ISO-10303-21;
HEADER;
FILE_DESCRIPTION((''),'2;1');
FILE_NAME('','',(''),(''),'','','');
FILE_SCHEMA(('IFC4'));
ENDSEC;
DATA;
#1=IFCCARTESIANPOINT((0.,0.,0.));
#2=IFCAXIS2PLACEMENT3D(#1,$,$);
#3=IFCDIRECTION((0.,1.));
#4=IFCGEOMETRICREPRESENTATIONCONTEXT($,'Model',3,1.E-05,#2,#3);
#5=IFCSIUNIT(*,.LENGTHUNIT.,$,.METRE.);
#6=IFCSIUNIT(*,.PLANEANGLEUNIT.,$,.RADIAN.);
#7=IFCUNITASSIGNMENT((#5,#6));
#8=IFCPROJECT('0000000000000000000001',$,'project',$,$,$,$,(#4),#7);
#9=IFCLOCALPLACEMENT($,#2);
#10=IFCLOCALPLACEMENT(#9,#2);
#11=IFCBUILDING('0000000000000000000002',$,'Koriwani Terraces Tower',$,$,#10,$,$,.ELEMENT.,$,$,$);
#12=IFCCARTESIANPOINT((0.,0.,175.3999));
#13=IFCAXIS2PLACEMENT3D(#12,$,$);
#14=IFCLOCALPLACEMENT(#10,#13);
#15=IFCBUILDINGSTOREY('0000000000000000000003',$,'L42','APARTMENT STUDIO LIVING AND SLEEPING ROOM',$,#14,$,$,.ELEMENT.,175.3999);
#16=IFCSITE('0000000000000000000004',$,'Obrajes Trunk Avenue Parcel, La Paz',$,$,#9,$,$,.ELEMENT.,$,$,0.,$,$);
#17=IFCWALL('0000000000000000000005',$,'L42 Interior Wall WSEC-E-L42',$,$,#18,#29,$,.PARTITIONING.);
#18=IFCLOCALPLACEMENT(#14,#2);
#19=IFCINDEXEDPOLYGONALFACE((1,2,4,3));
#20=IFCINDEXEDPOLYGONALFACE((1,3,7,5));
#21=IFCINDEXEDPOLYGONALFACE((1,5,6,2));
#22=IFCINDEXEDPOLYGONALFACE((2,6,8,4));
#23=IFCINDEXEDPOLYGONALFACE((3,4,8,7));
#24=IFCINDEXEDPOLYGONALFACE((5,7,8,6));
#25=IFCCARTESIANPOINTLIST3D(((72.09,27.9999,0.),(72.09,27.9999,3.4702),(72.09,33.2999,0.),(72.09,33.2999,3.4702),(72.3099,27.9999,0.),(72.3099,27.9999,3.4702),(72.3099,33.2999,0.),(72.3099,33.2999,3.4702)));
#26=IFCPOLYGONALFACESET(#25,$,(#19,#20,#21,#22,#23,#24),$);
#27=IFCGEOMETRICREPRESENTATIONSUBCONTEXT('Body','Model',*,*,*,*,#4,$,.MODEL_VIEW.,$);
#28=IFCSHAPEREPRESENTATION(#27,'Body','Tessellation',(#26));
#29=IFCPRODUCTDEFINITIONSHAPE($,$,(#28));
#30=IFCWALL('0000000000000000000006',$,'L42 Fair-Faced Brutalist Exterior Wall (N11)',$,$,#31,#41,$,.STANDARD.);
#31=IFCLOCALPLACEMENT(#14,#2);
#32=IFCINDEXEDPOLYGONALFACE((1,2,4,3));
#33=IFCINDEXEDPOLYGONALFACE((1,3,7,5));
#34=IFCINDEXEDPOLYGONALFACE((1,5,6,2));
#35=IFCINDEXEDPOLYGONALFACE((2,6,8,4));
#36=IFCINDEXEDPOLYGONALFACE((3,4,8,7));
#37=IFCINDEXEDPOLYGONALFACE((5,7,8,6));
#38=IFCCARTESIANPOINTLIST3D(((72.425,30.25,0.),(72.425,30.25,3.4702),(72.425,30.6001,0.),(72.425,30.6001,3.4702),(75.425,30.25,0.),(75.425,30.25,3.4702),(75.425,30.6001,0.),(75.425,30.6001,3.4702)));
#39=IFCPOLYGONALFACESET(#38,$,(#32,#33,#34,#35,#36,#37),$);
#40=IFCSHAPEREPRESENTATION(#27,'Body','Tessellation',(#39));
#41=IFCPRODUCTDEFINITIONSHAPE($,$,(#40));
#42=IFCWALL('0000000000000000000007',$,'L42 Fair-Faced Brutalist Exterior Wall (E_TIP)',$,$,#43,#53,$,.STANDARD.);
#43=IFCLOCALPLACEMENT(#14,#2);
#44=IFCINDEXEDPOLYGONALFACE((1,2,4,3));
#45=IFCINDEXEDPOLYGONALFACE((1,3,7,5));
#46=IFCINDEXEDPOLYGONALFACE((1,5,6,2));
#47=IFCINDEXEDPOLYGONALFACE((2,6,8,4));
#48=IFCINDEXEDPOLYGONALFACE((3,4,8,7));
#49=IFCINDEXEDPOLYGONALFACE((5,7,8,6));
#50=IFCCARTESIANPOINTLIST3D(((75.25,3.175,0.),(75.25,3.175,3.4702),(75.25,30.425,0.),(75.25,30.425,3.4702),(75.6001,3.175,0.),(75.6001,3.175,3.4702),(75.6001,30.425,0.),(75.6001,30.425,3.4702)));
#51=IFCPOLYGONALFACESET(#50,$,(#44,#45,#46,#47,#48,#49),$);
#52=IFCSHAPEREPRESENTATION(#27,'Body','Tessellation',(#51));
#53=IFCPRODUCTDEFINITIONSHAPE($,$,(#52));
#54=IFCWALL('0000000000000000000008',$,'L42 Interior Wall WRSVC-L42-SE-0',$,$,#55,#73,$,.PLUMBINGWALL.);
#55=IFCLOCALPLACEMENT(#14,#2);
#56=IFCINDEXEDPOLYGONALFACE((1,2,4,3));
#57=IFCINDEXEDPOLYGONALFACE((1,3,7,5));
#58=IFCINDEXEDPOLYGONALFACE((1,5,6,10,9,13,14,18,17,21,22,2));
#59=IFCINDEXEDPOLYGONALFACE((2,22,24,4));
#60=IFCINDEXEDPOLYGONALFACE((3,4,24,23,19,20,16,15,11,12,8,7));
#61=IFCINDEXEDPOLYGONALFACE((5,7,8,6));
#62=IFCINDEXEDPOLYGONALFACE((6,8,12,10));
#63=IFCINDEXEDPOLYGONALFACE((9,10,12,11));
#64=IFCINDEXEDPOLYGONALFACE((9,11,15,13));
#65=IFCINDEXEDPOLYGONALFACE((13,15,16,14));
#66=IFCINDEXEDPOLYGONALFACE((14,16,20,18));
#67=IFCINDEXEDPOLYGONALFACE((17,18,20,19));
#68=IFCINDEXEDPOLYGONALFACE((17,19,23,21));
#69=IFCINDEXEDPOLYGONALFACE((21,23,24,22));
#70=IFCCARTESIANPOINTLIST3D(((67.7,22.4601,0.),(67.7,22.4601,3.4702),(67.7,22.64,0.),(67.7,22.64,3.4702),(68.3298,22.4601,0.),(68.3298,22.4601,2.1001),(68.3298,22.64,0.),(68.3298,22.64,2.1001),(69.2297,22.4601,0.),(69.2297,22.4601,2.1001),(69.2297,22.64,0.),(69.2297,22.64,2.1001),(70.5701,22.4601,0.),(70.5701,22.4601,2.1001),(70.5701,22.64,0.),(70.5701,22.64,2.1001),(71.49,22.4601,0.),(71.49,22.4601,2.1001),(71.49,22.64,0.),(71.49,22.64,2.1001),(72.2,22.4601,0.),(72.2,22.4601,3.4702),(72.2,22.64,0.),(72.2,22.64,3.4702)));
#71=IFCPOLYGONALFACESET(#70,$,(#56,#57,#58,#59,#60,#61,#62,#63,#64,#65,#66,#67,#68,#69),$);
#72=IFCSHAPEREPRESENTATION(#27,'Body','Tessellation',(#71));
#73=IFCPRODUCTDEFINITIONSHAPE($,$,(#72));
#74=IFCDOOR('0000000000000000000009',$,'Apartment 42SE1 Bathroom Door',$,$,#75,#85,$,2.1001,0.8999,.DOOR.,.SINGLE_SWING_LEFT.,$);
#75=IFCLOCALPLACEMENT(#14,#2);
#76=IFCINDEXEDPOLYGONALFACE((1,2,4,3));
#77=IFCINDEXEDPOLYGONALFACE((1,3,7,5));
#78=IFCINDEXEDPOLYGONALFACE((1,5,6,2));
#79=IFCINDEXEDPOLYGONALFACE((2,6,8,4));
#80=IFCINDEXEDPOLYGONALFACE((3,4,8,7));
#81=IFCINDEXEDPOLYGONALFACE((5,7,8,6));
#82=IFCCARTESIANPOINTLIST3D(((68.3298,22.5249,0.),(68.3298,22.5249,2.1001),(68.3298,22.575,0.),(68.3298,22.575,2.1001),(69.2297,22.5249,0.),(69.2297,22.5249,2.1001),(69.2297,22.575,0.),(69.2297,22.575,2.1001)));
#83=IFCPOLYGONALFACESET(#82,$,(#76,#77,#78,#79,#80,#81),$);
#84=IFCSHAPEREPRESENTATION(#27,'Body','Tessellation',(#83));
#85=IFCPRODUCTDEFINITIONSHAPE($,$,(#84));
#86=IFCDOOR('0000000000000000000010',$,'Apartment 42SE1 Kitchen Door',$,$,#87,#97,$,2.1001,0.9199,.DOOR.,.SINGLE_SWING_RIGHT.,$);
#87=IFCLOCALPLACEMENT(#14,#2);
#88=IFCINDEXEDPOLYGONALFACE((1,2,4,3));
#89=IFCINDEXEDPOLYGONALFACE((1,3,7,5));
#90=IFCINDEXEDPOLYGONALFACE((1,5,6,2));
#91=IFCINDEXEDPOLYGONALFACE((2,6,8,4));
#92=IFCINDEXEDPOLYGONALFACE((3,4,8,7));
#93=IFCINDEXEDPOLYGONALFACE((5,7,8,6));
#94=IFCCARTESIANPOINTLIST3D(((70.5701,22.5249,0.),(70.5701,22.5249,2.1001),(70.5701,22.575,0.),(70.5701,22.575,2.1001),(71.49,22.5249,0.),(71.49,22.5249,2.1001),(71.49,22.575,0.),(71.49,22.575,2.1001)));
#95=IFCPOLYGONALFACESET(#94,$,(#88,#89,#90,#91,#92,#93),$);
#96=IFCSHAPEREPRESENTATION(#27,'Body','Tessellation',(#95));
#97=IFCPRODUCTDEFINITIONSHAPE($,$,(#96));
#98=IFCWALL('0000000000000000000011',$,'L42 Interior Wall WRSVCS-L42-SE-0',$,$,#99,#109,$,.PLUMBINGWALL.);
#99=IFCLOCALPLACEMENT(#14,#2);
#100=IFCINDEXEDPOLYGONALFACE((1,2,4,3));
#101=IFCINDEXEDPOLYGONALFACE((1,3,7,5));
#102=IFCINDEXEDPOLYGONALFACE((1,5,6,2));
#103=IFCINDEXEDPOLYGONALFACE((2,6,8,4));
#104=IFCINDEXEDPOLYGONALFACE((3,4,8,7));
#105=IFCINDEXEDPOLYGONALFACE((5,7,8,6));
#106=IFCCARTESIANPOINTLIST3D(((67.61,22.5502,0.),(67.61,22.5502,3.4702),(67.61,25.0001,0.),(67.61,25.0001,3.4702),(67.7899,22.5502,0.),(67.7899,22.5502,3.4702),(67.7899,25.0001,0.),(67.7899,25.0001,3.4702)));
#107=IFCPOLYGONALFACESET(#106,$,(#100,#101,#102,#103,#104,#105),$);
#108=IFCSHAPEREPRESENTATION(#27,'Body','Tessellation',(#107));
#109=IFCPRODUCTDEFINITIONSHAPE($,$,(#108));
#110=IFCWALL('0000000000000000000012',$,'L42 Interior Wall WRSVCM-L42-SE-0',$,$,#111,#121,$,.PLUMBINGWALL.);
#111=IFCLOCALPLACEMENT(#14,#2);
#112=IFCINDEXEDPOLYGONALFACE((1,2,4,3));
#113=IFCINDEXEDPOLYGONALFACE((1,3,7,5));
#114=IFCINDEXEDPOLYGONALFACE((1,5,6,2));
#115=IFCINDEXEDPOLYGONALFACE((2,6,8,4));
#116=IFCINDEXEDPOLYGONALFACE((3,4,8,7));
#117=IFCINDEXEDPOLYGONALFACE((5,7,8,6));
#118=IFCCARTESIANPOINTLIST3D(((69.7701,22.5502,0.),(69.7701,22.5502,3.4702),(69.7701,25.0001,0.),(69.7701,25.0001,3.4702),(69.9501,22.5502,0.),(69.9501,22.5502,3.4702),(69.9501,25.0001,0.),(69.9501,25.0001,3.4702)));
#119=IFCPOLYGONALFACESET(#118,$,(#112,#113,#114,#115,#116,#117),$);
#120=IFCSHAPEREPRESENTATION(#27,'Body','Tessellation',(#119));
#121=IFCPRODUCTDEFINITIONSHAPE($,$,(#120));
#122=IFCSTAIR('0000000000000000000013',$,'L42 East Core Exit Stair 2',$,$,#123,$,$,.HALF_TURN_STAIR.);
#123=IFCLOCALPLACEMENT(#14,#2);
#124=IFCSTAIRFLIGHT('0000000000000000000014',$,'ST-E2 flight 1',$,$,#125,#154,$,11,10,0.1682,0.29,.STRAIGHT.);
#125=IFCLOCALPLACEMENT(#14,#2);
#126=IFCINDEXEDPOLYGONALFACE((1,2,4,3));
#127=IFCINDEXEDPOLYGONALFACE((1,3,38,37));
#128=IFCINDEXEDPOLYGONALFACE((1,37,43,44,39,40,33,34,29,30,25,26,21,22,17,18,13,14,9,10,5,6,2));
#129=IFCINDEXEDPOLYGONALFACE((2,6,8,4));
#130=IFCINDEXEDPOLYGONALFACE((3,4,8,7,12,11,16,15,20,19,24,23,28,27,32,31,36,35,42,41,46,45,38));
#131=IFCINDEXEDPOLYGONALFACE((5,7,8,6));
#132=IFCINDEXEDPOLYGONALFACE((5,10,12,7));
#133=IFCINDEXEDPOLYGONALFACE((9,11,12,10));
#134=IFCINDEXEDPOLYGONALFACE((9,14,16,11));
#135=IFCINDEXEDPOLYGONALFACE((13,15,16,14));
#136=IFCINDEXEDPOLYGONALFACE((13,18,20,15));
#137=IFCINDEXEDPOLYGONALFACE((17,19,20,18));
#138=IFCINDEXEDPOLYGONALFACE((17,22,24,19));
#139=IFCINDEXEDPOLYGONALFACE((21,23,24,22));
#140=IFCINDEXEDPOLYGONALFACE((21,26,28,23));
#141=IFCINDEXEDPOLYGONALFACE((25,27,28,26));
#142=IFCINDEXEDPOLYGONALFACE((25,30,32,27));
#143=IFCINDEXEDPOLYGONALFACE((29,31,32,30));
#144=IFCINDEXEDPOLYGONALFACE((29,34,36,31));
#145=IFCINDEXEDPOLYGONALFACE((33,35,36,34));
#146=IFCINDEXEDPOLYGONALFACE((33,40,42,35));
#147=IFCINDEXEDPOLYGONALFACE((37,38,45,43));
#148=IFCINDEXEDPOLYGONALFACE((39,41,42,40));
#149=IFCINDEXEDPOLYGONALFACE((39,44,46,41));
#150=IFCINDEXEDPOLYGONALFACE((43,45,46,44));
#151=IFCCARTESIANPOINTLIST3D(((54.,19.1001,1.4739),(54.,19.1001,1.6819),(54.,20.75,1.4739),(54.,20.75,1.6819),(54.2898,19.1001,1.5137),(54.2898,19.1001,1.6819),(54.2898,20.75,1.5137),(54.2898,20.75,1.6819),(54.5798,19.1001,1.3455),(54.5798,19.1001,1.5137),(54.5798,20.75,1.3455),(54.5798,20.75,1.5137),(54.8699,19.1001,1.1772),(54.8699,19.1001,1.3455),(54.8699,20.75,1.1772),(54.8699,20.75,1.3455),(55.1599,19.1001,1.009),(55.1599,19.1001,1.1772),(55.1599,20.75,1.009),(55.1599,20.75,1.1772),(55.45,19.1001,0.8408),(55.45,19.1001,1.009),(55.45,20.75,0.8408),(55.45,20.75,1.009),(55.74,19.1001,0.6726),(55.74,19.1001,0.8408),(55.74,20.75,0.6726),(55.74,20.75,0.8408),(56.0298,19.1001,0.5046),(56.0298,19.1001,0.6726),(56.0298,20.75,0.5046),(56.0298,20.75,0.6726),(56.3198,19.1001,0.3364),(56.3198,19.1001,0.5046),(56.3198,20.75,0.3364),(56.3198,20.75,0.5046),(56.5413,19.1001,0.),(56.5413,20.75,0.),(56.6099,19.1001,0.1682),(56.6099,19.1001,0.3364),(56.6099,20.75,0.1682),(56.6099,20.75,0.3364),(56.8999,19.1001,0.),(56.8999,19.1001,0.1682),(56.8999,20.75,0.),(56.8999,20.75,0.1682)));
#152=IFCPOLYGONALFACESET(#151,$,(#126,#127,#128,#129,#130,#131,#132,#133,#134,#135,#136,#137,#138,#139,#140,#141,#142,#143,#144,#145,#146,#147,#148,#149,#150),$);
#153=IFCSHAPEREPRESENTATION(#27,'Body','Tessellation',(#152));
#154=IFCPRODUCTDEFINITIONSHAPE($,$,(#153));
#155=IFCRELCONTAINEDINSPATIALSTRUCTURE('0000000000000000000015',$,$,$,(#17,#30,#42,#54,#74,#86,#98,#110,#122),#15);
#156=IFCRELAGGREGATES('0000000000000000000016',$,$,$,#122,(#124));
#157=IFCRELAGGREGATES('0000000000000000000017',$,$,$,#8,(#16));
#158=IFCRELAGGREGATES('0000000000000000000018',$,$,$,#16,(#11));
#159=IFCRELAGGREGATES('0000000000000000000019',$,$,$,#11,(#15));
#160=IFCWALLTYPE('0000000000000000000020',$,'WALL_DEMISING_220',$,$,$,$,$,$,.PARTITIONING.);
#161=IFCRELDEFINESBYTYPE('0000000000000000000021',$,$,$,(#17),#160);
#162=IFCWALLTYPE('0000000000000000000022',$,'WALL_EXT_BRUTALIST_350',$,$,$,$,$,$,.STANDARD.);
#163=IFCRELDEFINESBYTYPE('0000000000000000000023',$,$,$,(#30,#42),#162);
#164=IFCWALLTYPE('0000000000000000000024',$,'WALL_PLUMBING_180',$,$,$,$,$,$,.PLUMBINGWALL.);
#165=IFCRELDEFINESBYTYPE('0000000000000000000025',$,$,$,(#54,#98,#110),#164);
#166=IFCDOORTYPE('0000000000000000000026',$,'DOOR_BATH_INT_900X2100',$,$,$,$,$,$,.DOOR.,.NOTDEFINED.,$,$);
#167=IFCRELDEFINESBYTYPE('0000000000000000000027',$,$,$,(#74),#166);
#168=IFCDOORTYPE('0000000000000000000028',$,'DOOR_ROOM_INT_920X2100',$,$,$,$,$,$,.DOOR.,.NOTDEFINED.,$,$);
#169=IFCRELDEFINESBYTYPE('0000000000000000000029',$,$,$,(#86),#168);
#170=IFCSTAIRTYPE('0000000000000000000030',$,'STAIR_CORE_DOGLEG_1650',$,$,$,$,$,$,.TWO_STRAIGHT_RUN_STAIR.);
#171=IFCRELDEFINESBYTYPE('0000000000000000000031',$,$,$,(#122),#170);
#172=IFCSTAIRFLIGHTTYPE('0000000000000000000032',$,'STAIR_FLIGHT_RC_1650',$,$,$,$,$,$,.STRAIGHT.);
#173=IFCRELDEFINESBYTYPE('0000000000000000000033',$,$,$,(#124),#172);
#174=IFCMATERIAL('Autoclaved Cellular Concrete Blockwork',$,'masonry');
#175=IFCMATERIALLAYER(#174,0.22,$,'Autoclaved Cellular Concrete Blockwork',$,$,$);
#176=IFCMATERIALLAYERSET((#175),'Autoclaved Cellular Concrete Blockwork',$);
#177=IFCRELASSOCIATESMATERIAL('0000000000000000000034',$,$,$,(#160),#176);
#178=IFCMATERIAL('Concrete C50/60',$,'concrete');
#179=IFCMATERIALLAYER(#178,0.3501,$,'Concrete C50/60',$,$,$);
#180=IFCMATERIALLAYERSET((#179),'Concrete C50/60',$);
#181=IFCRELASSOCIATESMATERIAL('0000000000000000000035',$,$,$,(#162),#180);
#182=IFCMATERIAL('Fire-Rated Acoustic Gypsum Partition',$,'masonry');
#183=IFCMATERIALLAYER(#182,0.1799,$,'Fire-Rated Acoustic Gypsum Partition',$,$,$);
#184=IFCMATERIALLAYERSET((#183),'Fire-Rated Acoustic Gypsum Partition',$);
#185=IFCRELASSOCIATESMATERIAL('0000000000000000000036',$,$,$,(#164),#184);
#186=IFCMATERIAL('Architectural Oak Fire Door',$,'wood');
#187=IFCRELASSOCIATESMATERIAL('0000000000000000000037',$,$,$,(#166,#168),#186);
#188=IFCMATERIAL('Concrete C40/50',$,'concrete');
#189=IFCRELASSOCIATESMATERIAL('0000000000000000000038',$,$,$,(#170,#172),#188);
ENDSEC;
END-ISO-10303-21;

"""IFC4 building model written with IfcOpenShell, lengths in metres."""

from ifc_helpers import new_model, si_unit, direction, frame, frame_2d, origin, place, context, subcontext, project, spatial, polyline, rectangle, outline, extrude, material, layer, layer_set, type_object, element, fill, aggregate, save


model = new_model("IFC4")

# Units and contexts
model_context = context("Model", 3, precision=1e-05, world=origin(), true_north=direction((0.0, 1.0)))
body_context = subcontext(model_context, "Body", "Model", "MODEL_VIEW")
ifc_project = project(units=[si_unit("LENGTHUNIT", "METRE"), si_unit("PLANEANGLEUNIT", "RADIAN")], contexts=[model_context])

# Site, building, storey
site_placement = place(None, origin())
site = spatial("IfcSite", under=ifc_project, at=site_placement, Name="Obrajes Trunk Avenue Parcel, La Paz", CompositionType="ELEMENT", RefElevation=0.0)
building_placement = place(site_placement, origin())
building = spatial("IfcBuilding", under=site, at=building_placement, Name="Koriwani Terraces Tower", CompositionType="ELEMENT")
storey_placement = place(building_placement, frame((0.0, 0.0, 175.3999)))
storey = spatial("IfcBuildingStorey", under=building, at=storey_placement, Name="L42", Description="APARTMENT STUDIO LIVING AND SLEEPING ROOM", CompositionType="ELEMENT", Elevation=175.3999)

# Shared definitions
ifc_material_1 = material(Name="Concrete C50/60", Category="concrete")

# Shared definitions
ifc_material_2 = material(Name="Autoclaved Cellular Concrete Blockwork", Category="masonry")
ifc_material_3 = material(Name="Architectural Oak Fire Door", Category="wood")

# Walls
ifc_layer_1 = layer(ifc_material_2, 0.22, Name="Autoclaved Cellular Concrete Blockwork")
ifc_layer_set_1 = layer_set([ifc_layer_1], Name="Autoclaved Cellular Concrete Blockwork")
wall_type_1 = type_object("IfcWallType", Name="WALL_DEMISING_220", PredefinedType="PARTITIONING", material=ifc_layer_set_1)
wall_1_placement = place(storey_placement, frame((72.2, 28.0, 0.0), z_axis=(0.0, 0.0, 1.0), x_axis=(0.0, 1.0, 0.0)))
element("IfcWall", 1, at=wall_1_placement, inside=storey, type_object=wall_type_1, Name="L42 Interior Wall WSEC-E-L42", PredefinedType="PARTITIONING", context=body_context, shape_type="SweptSolid", body=[
    extrude(rectangle(XDim=5.3, YDim=0.22, at=frame_2d((2.6499, 0.0))), origin(), (0.0, 0.0, 1.0), 3.4702),
])
ifc_layer_2 = layer(ifc_material_1, 0.3501, Name="Concrete C50/60")
ifc_layer_set_2 = layer_set([ifc_layer_2], Name="Concrete C50/60")
wall_type_2 = type_object("IfcWallType", Name="WALL_EXT_BRUTALIST_350", PredefinedType="STANDARD", material=ifc_layer_set_2)
wall_2_placement = place(storey_placement, frame((72.425, 30.425, 0.0), z_axis=(0.0, 0.0, 1.0), x_axis=(1.0, 0.0, 0.0)))
element("IfcWall", 2, at=wall_2_placement, inside=storey, type_object=wall_type_2, Name="L42 Fair-Faced Brutalist Exterior Wall (N11)", PredefinedType="STANDARD", context=body_context, shape_type="SweptSolid", body=[
    extrude(rectangle(XDim=3.0, YDim=0.3501, at=frame_2d((1.5, 0.0))), origin(), (0.0, 0.0, 1.0), 3.4702),
])
wall_3_placement = place(storey_placement, frame((75.425, 30.425, 0.0), z_axis=(0.0, 0.0, 1.0), x_axis=(0.0, -1.0, 0.0)))
element("IfcWall", 3, at=wall_3_placement, inside=storey, type_object=wall_type_2, Name="L42 Fair-Faced Brutalist Exterior Wall (E_TIP)", PredefinedType="STANDARD", context=body_context, shape_type="SweptSolid", body=[
    extrude(rectangle(XDim=27.25, YDim=0.3501, at=frame_2d((13.625, 0.0))), origin(), (0.0, 0.0, 1.0), 3.4702),
])

# Wall, openings, doors
ifc_material_4 = material(Name="Fire-Rated Acoustic Gypsum Partition", Category="masonry")
ifc_layer_3 = layer(ifc_material_4, 0.1799, Name="Fire-Rated Acoustic Gypsum Partition")
ifc_layer_set_3 = layer_set([ifc_layer_3], Name="Fire-Rated Acoustic Gypsum Partition")
wall_type_3 = type_object("IfcWallType", Name="WALL_PLUMBING_180", PredefinedType="PLUMBINGWALL", material=ifc_layer_set_3)
wall_4_placement = place(storey_placement, frame((67.7, 22.55, 0.0), z_axis=(0.0, 0.0, 1.0), x_axis=(1.0, 0.0, 0.0)))
wall_4 = element("IfcWall", 4, at=wall_4_placement, inside=storey, type_object=wall_type_3, Name="L42 Interior Wall WRSVC-L42-SE-0", PredefinedType="PLUMBINGWALL", context=body_context, shape_type="SweptSolid", body=[
    extrude(rectangle(XDim=4.5, YDim=0.1799, at=frame_2d((2.25, 0.0))), origin(), (0.0, 0.0, 1.0), 3.4702),
])
opening_1_placement = place(wall_4_placement, frame((0.6299, 0.0, 0.0)))
opening_1 = element("IfcOpeningElement", 5, at=opening_1_placement, cuts=wall_4, PredefinedType="OPENING", context=body_context, shape_type="SweptSolid", body=[
    extrude(rectangle(XDim=0.8999, YDim=2.1001, at=frame_2d((0.45, 1.05))), frame((0.0, 0.1001, 0.0), z_axis=(0.0, -1.0, 0.0), x_axis=(1.0, 0.0, 0.0)), (0.0, 0.0, 1.0), 0.2),
])
opening_2_placement = place(wall_4_placement, frame((2.8701, 0.0, 0.0)))
opening_2 = element("IfcOpeningElement", 6, at=opening_2_placement, cuts=wall_4, PredefinedType="OPENING", context=body_context, shape_type="SweptSolid", body=[
    extrude(rectangle(XDim=0.9199, YDim=2.1001, at=frame_2d((0.46, 1.05))), frame((0.0, 0.1001, 0.0), z_axis=(0.0, -1.0, 0.0), x_axis=(1.0, 0.0, 0.0)), (0.0, 0.0, 1.0), 0.2),
])
door_type_1 = type_object("IfcDoorType", Name="DOOR_BATH_INT_900X2100", OperationType="NOTDEFINED", PredefinedType="DOOR", material=ifc_material_3)
door_1_placement = place(opening_1_placement, origin())
door_1 = element("IfcDoor", 7, at=door_1_placement, inside=storey, type_object=door_type_1, Name="Apartment 42SE1 Bathroom Door", OperationType="SINGLE_SWING_LEFT", OverallHeight=2.1001, OverallWidth=0.8999, PredefinedType="DOOR", context=body_context, shape_type="SweptSolid", body=[
    extrude(rectangle(XDim=0.8999, YDim=2.1001, at=frame_2d((0.45, 1.05))), frame((0.0, 0.0249, 0.0), z_axis=(0.0, -1.0, 0.0), x_axis=(1.0, 0.0, 0.0)), (0.0, 0.0, 1.0), 0.05),
])
fill(opening_1, door_1)
door_type_2 = type_object("IfcDoorType", Name="DOOR_ROOM_INT_920X2100", OperationType="NOTDEFINED", PredefinedType="DOOR", material=ifc_material_3)
door_2_placement = place(opening_2_placement, origin())
door_2 = element("IfcDoor", 8, at=door_2_placement, inside=storey, type_object=door_type_2, Name="Apartment 42SE1 Kitchen Door", OperationType="SINGLE_SWING_RIGHT", OverallHeight=2.1001, OverallWidth=0.9199, PredefinedType="DOOR", context=body_context, shape_type="SweptSolid", body=[
    extrude(rectangle(XDim=0.9199, YDim=2.1001, at=frame_2d((0.46, 1.05))), frame((0.0, 0.0249, 0.0), z_axis=(0.0, -1.0, 0.0), x_axis=(1.0, 0.0, 0.0)), (0.0, 0.0, 1.0), 0.05),
])
fill(opening_2, door_2)

# Walls
for number, where, z_axis, x_axis, name in (
    (9, (67.7, 22.55, 0.0), (0.0, 0.0, 1.0), (0.0, 1.0, 0.0), "L42 Interior Wall WRSVCS-L42-SE-0"),
    (10, (69.8601, 22.55, 0.0), (0.0, 0.0, 1.0), (0.0, 1.0, 0.0), "L42 Interior Wall WRSVCM-L42-SE-0"),
):
    element("IfcWall", number, at=place(storey_placement, frame(where, z_axis=z_axis, x_axis=x_axis)), inside=storey, type_object=wall_type_3, Name=name, PredefinedType="PLUMBINGWALL", context=body_context, shape_type="SweptSolid", body=[
        extrude(rectangle(XDim=2.45, YDim=0.1799, at=frame_2d((1.2251, 0.0))), origin(), (0.0, 0.0, 1.0), 3.4702),
    ])

# Shared definitions
ifc_material_5 = material(Name="Concrete C40/50", Category="concrete")

# Stair, stair flight
stair_type = type_object("IfcStairType", Name="STAIR_CORE_DOGLEG_1650", PredefinedType="TWO_STRAIGHT_RUN_STAIR", material=ifc_material_5)
stair_placement = place(storey_placement, origin())
stair = element("IfcStair", 11, at=stair_placement, inside=storey, type_object=stair_type, Name="L42 East Core Exit Stair 2", PredefinedType="HALF_TURN_STAIR")
stair_flight_type = type_object("IfcStairFlightType", Name="STAIR_FLIGHT_RC_1650", PredefinedType="STRAIGHT", material=ifc_material_5)
stair_flight_1_placement = place(storey_placement, frame((56.8999, 19.925, 0.0), z_axis=(0.0, 0.0, 1.0), x_axis=(-1.0, 0.0, 0.0)))
stair_flight_1 = element("IfcStairFlight", 12, at=stair_flight_1_placement, type_object=stair_flight_type, Name="ST-E2 flight 1", NumberOfRisers=11, NumberOfTreads=10, PredefinedType="STRAIGHT", RiserHeight=0.1682, TreadLength=0.29, context=body_context, shape_type="SweptSolid", body=[
    extrude(outline(polyline([(0.0, 0.0), (0.0, 0.1682), (0.29, 0.1682), (0.29, 0.3364), (0.5801, 0.3364), (0.5801, 0.5046), (0.8701, 0.5046), (0.8701, 0.6726), (1.1599, 0.6726), (1.1599, 0.8408), (1.45, 0.8408), (1.45, 1.009), (1.74, 1.009), (1.74, 1.1772), (2.03, 1.1772), (2.03, 1.3455), (2.3201, 1.3455), (2.3201, 1.5137), (2.6101, 1.5137), (2.6101, 1.6819), (2.8999, 1.6819), (2.8999, 1.8501), (2.8999, 1.4739), (0.3586, 0.0), (0.0, 0.0)])), frame((0.0, 0.825, 0.0), z_axis=(0.0, -1.0, 0.0), x_axis=(1.0, 0.0, 0.0)), (0.0, 0.0, 1.0), 1.6499),
])
aggregate(stair, [stair_flight_1])

save(model, "model.ifc")
